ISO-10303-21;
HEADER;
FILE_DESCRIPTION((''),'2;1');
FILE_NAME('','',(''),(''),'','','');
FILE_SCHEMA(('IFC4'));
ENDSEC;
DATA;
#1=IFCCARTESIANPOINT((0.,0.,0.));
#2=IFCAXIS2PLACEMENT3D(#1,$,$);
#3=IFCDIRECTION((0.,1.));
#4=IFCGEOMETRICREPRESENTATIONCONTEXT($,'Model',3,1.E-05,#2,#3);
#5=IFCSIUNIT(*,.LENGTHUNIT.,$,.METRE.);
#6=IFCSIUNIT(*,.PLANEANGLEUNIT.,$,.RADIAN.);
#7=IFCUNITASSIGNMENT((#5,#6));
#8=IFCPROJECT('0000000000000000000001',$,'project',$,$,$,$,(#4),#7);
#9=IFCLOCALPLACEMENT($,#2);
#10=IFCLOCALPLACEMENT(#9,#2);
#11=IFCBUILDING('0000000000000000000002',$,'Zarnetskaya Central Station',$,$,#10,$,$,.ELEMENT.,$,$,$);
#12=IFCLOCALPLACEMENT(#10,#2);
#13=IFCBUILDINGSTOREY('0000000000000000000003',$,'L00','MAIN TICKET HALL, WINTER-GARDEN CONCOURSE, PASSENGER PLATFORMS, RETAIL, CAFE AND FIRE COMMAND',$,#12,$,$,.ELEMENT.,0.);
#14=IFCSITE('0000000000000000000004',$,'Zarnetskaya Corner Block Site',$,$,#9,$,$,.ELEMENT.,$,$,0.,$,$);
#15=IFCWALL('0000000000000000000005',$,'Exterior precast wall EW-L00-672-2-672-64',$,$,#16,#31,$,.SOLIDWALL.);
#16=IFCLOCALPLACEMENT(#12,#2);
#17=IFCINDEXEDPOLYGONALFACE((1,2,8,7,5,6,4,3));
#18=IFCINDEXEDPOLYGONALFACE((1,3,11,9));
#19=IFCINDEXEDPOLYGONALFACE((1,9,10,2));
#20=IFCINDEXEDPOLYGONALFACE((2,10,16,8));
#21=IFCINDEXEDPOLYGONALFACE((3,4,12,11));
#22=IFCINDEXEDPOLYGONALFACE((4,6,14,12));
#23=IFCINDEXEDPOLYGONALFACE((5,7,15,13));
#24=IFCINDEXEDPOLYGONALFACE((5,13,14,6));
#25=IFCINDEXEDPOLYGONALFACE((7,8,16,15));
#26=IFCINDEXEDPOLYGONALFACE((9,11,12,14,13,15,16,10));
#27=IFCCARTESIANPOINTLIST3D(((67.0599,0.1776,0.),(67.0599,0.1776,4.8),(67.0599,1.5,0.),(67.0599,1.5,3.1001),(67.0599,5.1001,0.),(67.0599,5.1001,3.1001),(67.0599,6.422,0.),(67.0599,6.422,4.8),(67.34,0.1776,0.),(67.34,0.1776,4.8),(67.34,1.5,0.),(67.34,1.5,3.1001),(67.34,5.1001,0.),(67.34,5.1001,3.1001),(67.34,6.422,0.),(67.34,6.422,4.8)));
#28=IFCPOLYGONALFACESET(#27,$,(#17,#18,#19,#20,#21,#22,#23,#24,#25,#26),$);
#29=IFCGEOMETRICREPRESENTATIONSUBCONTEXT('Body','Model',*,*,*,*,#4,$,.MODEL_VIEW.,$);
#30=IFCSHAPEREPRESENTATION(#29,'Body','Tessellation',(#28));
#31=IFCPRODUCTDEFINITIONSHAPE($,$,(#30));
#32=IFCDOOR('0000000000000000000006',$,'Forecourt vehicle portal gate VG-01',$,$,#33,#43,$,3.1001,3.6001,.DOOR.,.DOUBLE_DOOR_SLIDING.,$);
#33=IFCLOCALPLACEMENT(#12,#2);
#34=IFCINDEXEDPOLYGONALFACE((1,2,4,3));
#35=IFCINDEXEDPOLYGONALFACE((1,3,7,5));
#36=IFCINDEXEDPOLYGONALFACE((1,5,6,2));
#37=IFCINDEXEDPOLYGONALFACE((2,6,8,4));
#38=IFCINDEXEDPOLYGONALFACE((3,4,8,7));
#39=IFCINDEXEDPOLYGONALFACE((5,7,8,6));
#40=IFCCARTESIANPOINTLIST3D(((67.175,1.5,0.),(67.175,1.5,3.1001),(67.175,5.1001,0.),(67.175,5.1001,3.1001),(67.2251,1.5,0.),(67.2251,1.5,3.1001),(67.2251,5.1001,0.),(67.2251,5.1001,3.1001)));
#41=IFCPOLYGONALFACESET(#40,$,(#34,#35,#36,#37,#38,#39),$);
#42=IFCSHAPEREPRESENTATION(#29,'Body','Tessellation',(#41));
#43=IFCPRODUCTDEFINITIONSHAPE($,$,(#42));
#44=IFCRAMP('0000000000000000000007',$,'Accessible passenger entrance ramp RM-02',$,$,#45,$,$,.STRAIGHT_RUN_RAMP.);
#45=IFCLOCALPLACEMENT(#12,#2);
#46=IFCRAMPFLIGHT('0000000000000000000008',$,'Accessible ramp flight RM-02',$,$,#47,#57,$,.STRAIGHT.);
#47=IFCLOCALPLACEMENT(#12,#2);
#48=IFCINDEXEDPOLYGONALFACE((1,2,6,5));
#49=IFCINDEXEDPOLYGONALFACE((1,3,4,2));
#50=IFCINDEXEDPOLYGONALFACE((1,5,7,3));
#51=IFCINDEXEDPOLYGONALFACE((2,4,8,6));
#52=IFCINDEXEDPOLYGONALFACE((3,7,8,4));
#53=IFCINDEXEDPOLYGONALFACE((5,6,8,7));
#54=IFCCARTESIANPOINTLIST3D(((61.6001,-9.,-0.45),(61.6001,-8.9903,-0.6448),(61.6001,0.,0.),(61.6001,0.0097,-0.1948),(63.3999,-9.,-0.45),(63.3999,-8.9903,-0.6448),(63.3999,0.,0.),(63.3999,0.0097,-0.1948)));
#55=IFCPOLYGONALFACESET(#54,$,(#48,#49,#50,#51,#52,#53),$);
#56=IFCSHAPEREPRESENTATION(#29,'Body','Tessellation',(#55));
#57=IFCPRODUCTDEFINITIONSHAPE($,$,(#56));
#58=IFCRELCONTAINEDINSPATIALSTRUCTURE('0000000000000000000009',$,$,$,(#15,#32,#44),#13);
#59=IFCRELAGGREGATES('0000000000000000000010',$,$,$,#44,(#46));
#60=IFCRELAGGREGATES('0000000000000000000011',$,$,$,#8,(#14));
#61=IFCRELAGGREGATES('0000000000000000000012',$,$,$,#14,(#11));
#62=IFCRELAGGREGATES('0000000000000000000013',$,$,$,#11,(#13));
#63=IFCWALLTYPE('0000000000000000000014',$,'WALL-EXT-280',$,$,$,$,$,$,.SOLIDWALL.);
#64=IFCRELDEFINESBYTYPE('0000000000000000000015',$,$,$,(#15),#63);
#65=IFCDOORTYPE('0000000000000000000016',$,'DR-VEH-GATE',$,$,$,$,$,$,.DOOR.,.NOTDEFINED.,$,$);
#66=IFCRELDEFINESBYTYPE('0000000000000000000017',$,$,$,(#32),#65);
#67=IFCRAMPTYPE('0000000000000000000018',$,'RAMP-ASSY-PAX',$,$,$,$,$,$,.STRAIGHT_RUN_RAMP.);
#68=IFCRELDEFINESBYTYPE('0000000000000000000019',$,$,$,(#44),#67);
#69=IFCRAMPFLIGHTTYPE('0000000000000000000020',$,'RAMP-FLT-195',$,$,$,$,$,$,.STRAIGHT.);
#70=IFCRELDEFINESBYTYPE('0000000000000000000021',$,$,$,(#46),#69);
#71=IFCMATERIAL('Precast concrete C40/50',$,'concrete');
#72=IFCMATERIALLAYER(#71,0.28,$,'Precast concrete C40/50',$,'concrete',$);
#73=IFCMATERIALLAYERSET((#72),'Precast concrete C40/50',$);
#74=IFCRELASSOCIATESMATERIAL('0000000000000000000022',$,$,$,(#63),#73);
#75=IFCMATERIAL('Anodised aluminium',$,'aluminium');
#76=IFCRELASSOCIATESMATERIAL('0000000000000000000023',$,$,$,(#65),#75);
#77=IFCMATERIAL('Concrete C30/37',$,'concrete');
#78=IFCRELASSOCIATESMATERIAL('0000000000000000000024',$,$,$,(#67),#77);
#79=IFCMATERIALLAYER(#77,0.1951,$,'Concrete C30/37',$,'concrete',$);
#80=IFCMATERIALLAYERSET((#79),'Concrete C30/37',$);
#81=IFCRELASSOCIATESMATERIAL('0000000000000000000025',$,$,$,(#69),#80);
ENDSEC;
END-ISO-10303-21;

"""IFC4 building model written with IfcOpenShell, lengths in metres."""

from ifc_helpers import new_model, si_unit, direction, frame, frame_2d, origin, place, context, subcontext, project, spatial, polyline, rectangle, outline, extrude, material, layer, layer_set, type_object, element, fill, aggregate, save


model = new_model("IFC4")

# Units and contexts
model_context = context("Model", 3, precision=1e-05, world=origin(), true_north=direction((0.0, 1.0)))
body_context = subcontext(model_context, "Body", "Model", "MODEL_VIEW")
ifc_project = project(units=[si_unit("LENGTHUNIT", "METRE"), si_unit("PLANEANGLEUNIT", "RADIAN")], contexts=[model_context])

# Site, building, storey
site_placement = place(None, origin())
site = spatial("IfcSite", under=ifc_project, at=site_placement, Name="Zarnetskaya Corner Block Site", CompositionType="ELEMENT", RefElevation=0.0)
building_placement = place(site_placement, origin())
building = spatial("IfcBuilding", under=site, at=building_placement, Name="Zarnetskaya Central Station", CompositionType="ELEMENT")
storey_placement = place(building_placement, origin())
storey = spatial("IfcBuildingStorey", under=building, at=storey_placement, Name="L00", Description="MAIN TICKET HALL, WINTER-GARDEN CONCOURSE, PASSENGER PLATFORMS, RETAIL, CAFE AND FIRE COMMAND", CompositionType="ELEMENT", Elevation=0.0)

# Shared definitions
ifc_material_1 = material(Name="Precast concrete C40/50", Category="concrete")

# Wall, opening, door
ifc_layer_1 = layer(ifc_material_1, 0.28, Name="Precast concrete C40/50", Category="concrete")
ifc_layer_set_1 = layer_set([ifc_layer_1], Name="Precast concrete C40/50")
wall_type = type_object("IfcWallType", Name="WALL-EXT-280", PredefinedType="SOLIDWALL", material=ifc_layer_set_1)
wall_placement = place(storey_placement, frame((67.2, 0.1777, 0.0), z_axis=(0.0, 0.0, 1.0), x_axis=(0.0, 1.0, 0.0)))
wall = element("IfcWall", 1, at=wall_placement, inside=storey, type_object=wall_type, Name="Exterior precast wall EW-L00-672-2-672-64", PredefinedType="SOLIDWALL", context=body_context, shape_type="SweptSolid", body=[
    extrude(rectangle(XDim=6.2444, YDim=0.28, at=frame_2d((3.1221, 0.0))), origin(), (0.0, 0.0, 1.0), 4.8),
])
opening_placement = place(wall_placement, frame((1.3223, 0.0, 0.0)))
opening = element("IfcOpeningElement", 2, at=opening_placement, cuts=wall, PredefinedType="OPENING", context=body_context, shape_type="SweptSolid", body=[
    extrude(rectangle(XDim=3.6001, YDim=3.1001, at=frame_2d((1.8, 1.55))), frame((0.0, 0.1499, 0.0), z_axis=(0.0, -1.0, 0.0), x_axis=(1.0, 0.0, 0.0)), (0.0, 0.0, 1.0), 0.3),
])
ifc_material_2 = material(Name="Anodised aluminium", Category="aluminium")
door_type = type_object("IfcDoorType", Name="DR-VEH-GATE", OperationType="NOTDEFINED", PredefinedType="DOOR", material=ifc_material_2)
door_placement = place(opening_placement, origin())
door = element("IfcDoor", 3, at=door_placement, inside=storey, type_object=door_type, Name="Forecourt vehicle portal gate VG-01", OperationType="DOUBLE_DOOR_SLIDING", OverallHeight=3.1001, OverallWidth=3.6001, PredefinedType="DOOR", context=body_context, shape_type="SweptSolid", body=[
    extrude(rectangle(XDim=3.6001, YDim=3.1001, at=frame_2d((1.8, 1.55))), frame((0.0, 0.0249, 0.0), z_axis=(0.0, -1.0, 0.0), x_axis=(1.0, 0.0, 0.0)), (0.0, 0.0, 1.0), 0.05),
])
fill(opening, door)

# Ramp, ramp flight
ifc_material_3 = material(Name="Concrete C30/37", Category="concrete")
ramp_type = type_object("IfcRampType", Name="RAMP-ASSY-PAX", PredefinedType="STRAIGHT_RUN_RAMP", material=ifc_material_3)
ramp_placement = place(storey_placement, origin())
ramp = element("IfcRamp", 4, at=ramp_placement, inside=storey, type_object=ramp_type, Name="Accessible passenger entrance ramp RM-02", PredefinedType="STRAIGHT_RUN_RAMP")
ifc_layer_2 = layer(ifc_material_3, 0.1951, Name="Concrete C30/37", Category="concrete")
ifc_layer_set_2 = layer_set([ifc_layer_2], Name="Concrete C30/37")
ramp_flight_type = type_object("IfcRampFlightType", Name="RAMP-FLT-195", PredefinedType="STRAIGHT", material=ifc_layer_set_2)
ramp_flight_placement = place(storey_placement, frame((61.6001, -9.0, -0.45), z_axis=(0.0, -0.049932, 0.998753), x_axis=(1.0, 0.0, 0.0)))
ramp_flight = element("IfcRampFlight", 5, at=ramp_flight_placement, type_object=ramp_flight_type, Name="Accessible ramp flight RM-02", PredefinedType="STRAIGHT", context=body_context, shape_type="SweptSolid", body=[
    extrude(outline(polyline([(0.0, 0.0), (1.7998, 0.0), (1.7998, 9.0112), (0.0, 9.0112), (0.0, 0.0)])), origin(), (0.0, 0.0, -1.0), 0.1951),
])
aggregate(ramp, [ramp_flight])

save(model, "model.ifc")
